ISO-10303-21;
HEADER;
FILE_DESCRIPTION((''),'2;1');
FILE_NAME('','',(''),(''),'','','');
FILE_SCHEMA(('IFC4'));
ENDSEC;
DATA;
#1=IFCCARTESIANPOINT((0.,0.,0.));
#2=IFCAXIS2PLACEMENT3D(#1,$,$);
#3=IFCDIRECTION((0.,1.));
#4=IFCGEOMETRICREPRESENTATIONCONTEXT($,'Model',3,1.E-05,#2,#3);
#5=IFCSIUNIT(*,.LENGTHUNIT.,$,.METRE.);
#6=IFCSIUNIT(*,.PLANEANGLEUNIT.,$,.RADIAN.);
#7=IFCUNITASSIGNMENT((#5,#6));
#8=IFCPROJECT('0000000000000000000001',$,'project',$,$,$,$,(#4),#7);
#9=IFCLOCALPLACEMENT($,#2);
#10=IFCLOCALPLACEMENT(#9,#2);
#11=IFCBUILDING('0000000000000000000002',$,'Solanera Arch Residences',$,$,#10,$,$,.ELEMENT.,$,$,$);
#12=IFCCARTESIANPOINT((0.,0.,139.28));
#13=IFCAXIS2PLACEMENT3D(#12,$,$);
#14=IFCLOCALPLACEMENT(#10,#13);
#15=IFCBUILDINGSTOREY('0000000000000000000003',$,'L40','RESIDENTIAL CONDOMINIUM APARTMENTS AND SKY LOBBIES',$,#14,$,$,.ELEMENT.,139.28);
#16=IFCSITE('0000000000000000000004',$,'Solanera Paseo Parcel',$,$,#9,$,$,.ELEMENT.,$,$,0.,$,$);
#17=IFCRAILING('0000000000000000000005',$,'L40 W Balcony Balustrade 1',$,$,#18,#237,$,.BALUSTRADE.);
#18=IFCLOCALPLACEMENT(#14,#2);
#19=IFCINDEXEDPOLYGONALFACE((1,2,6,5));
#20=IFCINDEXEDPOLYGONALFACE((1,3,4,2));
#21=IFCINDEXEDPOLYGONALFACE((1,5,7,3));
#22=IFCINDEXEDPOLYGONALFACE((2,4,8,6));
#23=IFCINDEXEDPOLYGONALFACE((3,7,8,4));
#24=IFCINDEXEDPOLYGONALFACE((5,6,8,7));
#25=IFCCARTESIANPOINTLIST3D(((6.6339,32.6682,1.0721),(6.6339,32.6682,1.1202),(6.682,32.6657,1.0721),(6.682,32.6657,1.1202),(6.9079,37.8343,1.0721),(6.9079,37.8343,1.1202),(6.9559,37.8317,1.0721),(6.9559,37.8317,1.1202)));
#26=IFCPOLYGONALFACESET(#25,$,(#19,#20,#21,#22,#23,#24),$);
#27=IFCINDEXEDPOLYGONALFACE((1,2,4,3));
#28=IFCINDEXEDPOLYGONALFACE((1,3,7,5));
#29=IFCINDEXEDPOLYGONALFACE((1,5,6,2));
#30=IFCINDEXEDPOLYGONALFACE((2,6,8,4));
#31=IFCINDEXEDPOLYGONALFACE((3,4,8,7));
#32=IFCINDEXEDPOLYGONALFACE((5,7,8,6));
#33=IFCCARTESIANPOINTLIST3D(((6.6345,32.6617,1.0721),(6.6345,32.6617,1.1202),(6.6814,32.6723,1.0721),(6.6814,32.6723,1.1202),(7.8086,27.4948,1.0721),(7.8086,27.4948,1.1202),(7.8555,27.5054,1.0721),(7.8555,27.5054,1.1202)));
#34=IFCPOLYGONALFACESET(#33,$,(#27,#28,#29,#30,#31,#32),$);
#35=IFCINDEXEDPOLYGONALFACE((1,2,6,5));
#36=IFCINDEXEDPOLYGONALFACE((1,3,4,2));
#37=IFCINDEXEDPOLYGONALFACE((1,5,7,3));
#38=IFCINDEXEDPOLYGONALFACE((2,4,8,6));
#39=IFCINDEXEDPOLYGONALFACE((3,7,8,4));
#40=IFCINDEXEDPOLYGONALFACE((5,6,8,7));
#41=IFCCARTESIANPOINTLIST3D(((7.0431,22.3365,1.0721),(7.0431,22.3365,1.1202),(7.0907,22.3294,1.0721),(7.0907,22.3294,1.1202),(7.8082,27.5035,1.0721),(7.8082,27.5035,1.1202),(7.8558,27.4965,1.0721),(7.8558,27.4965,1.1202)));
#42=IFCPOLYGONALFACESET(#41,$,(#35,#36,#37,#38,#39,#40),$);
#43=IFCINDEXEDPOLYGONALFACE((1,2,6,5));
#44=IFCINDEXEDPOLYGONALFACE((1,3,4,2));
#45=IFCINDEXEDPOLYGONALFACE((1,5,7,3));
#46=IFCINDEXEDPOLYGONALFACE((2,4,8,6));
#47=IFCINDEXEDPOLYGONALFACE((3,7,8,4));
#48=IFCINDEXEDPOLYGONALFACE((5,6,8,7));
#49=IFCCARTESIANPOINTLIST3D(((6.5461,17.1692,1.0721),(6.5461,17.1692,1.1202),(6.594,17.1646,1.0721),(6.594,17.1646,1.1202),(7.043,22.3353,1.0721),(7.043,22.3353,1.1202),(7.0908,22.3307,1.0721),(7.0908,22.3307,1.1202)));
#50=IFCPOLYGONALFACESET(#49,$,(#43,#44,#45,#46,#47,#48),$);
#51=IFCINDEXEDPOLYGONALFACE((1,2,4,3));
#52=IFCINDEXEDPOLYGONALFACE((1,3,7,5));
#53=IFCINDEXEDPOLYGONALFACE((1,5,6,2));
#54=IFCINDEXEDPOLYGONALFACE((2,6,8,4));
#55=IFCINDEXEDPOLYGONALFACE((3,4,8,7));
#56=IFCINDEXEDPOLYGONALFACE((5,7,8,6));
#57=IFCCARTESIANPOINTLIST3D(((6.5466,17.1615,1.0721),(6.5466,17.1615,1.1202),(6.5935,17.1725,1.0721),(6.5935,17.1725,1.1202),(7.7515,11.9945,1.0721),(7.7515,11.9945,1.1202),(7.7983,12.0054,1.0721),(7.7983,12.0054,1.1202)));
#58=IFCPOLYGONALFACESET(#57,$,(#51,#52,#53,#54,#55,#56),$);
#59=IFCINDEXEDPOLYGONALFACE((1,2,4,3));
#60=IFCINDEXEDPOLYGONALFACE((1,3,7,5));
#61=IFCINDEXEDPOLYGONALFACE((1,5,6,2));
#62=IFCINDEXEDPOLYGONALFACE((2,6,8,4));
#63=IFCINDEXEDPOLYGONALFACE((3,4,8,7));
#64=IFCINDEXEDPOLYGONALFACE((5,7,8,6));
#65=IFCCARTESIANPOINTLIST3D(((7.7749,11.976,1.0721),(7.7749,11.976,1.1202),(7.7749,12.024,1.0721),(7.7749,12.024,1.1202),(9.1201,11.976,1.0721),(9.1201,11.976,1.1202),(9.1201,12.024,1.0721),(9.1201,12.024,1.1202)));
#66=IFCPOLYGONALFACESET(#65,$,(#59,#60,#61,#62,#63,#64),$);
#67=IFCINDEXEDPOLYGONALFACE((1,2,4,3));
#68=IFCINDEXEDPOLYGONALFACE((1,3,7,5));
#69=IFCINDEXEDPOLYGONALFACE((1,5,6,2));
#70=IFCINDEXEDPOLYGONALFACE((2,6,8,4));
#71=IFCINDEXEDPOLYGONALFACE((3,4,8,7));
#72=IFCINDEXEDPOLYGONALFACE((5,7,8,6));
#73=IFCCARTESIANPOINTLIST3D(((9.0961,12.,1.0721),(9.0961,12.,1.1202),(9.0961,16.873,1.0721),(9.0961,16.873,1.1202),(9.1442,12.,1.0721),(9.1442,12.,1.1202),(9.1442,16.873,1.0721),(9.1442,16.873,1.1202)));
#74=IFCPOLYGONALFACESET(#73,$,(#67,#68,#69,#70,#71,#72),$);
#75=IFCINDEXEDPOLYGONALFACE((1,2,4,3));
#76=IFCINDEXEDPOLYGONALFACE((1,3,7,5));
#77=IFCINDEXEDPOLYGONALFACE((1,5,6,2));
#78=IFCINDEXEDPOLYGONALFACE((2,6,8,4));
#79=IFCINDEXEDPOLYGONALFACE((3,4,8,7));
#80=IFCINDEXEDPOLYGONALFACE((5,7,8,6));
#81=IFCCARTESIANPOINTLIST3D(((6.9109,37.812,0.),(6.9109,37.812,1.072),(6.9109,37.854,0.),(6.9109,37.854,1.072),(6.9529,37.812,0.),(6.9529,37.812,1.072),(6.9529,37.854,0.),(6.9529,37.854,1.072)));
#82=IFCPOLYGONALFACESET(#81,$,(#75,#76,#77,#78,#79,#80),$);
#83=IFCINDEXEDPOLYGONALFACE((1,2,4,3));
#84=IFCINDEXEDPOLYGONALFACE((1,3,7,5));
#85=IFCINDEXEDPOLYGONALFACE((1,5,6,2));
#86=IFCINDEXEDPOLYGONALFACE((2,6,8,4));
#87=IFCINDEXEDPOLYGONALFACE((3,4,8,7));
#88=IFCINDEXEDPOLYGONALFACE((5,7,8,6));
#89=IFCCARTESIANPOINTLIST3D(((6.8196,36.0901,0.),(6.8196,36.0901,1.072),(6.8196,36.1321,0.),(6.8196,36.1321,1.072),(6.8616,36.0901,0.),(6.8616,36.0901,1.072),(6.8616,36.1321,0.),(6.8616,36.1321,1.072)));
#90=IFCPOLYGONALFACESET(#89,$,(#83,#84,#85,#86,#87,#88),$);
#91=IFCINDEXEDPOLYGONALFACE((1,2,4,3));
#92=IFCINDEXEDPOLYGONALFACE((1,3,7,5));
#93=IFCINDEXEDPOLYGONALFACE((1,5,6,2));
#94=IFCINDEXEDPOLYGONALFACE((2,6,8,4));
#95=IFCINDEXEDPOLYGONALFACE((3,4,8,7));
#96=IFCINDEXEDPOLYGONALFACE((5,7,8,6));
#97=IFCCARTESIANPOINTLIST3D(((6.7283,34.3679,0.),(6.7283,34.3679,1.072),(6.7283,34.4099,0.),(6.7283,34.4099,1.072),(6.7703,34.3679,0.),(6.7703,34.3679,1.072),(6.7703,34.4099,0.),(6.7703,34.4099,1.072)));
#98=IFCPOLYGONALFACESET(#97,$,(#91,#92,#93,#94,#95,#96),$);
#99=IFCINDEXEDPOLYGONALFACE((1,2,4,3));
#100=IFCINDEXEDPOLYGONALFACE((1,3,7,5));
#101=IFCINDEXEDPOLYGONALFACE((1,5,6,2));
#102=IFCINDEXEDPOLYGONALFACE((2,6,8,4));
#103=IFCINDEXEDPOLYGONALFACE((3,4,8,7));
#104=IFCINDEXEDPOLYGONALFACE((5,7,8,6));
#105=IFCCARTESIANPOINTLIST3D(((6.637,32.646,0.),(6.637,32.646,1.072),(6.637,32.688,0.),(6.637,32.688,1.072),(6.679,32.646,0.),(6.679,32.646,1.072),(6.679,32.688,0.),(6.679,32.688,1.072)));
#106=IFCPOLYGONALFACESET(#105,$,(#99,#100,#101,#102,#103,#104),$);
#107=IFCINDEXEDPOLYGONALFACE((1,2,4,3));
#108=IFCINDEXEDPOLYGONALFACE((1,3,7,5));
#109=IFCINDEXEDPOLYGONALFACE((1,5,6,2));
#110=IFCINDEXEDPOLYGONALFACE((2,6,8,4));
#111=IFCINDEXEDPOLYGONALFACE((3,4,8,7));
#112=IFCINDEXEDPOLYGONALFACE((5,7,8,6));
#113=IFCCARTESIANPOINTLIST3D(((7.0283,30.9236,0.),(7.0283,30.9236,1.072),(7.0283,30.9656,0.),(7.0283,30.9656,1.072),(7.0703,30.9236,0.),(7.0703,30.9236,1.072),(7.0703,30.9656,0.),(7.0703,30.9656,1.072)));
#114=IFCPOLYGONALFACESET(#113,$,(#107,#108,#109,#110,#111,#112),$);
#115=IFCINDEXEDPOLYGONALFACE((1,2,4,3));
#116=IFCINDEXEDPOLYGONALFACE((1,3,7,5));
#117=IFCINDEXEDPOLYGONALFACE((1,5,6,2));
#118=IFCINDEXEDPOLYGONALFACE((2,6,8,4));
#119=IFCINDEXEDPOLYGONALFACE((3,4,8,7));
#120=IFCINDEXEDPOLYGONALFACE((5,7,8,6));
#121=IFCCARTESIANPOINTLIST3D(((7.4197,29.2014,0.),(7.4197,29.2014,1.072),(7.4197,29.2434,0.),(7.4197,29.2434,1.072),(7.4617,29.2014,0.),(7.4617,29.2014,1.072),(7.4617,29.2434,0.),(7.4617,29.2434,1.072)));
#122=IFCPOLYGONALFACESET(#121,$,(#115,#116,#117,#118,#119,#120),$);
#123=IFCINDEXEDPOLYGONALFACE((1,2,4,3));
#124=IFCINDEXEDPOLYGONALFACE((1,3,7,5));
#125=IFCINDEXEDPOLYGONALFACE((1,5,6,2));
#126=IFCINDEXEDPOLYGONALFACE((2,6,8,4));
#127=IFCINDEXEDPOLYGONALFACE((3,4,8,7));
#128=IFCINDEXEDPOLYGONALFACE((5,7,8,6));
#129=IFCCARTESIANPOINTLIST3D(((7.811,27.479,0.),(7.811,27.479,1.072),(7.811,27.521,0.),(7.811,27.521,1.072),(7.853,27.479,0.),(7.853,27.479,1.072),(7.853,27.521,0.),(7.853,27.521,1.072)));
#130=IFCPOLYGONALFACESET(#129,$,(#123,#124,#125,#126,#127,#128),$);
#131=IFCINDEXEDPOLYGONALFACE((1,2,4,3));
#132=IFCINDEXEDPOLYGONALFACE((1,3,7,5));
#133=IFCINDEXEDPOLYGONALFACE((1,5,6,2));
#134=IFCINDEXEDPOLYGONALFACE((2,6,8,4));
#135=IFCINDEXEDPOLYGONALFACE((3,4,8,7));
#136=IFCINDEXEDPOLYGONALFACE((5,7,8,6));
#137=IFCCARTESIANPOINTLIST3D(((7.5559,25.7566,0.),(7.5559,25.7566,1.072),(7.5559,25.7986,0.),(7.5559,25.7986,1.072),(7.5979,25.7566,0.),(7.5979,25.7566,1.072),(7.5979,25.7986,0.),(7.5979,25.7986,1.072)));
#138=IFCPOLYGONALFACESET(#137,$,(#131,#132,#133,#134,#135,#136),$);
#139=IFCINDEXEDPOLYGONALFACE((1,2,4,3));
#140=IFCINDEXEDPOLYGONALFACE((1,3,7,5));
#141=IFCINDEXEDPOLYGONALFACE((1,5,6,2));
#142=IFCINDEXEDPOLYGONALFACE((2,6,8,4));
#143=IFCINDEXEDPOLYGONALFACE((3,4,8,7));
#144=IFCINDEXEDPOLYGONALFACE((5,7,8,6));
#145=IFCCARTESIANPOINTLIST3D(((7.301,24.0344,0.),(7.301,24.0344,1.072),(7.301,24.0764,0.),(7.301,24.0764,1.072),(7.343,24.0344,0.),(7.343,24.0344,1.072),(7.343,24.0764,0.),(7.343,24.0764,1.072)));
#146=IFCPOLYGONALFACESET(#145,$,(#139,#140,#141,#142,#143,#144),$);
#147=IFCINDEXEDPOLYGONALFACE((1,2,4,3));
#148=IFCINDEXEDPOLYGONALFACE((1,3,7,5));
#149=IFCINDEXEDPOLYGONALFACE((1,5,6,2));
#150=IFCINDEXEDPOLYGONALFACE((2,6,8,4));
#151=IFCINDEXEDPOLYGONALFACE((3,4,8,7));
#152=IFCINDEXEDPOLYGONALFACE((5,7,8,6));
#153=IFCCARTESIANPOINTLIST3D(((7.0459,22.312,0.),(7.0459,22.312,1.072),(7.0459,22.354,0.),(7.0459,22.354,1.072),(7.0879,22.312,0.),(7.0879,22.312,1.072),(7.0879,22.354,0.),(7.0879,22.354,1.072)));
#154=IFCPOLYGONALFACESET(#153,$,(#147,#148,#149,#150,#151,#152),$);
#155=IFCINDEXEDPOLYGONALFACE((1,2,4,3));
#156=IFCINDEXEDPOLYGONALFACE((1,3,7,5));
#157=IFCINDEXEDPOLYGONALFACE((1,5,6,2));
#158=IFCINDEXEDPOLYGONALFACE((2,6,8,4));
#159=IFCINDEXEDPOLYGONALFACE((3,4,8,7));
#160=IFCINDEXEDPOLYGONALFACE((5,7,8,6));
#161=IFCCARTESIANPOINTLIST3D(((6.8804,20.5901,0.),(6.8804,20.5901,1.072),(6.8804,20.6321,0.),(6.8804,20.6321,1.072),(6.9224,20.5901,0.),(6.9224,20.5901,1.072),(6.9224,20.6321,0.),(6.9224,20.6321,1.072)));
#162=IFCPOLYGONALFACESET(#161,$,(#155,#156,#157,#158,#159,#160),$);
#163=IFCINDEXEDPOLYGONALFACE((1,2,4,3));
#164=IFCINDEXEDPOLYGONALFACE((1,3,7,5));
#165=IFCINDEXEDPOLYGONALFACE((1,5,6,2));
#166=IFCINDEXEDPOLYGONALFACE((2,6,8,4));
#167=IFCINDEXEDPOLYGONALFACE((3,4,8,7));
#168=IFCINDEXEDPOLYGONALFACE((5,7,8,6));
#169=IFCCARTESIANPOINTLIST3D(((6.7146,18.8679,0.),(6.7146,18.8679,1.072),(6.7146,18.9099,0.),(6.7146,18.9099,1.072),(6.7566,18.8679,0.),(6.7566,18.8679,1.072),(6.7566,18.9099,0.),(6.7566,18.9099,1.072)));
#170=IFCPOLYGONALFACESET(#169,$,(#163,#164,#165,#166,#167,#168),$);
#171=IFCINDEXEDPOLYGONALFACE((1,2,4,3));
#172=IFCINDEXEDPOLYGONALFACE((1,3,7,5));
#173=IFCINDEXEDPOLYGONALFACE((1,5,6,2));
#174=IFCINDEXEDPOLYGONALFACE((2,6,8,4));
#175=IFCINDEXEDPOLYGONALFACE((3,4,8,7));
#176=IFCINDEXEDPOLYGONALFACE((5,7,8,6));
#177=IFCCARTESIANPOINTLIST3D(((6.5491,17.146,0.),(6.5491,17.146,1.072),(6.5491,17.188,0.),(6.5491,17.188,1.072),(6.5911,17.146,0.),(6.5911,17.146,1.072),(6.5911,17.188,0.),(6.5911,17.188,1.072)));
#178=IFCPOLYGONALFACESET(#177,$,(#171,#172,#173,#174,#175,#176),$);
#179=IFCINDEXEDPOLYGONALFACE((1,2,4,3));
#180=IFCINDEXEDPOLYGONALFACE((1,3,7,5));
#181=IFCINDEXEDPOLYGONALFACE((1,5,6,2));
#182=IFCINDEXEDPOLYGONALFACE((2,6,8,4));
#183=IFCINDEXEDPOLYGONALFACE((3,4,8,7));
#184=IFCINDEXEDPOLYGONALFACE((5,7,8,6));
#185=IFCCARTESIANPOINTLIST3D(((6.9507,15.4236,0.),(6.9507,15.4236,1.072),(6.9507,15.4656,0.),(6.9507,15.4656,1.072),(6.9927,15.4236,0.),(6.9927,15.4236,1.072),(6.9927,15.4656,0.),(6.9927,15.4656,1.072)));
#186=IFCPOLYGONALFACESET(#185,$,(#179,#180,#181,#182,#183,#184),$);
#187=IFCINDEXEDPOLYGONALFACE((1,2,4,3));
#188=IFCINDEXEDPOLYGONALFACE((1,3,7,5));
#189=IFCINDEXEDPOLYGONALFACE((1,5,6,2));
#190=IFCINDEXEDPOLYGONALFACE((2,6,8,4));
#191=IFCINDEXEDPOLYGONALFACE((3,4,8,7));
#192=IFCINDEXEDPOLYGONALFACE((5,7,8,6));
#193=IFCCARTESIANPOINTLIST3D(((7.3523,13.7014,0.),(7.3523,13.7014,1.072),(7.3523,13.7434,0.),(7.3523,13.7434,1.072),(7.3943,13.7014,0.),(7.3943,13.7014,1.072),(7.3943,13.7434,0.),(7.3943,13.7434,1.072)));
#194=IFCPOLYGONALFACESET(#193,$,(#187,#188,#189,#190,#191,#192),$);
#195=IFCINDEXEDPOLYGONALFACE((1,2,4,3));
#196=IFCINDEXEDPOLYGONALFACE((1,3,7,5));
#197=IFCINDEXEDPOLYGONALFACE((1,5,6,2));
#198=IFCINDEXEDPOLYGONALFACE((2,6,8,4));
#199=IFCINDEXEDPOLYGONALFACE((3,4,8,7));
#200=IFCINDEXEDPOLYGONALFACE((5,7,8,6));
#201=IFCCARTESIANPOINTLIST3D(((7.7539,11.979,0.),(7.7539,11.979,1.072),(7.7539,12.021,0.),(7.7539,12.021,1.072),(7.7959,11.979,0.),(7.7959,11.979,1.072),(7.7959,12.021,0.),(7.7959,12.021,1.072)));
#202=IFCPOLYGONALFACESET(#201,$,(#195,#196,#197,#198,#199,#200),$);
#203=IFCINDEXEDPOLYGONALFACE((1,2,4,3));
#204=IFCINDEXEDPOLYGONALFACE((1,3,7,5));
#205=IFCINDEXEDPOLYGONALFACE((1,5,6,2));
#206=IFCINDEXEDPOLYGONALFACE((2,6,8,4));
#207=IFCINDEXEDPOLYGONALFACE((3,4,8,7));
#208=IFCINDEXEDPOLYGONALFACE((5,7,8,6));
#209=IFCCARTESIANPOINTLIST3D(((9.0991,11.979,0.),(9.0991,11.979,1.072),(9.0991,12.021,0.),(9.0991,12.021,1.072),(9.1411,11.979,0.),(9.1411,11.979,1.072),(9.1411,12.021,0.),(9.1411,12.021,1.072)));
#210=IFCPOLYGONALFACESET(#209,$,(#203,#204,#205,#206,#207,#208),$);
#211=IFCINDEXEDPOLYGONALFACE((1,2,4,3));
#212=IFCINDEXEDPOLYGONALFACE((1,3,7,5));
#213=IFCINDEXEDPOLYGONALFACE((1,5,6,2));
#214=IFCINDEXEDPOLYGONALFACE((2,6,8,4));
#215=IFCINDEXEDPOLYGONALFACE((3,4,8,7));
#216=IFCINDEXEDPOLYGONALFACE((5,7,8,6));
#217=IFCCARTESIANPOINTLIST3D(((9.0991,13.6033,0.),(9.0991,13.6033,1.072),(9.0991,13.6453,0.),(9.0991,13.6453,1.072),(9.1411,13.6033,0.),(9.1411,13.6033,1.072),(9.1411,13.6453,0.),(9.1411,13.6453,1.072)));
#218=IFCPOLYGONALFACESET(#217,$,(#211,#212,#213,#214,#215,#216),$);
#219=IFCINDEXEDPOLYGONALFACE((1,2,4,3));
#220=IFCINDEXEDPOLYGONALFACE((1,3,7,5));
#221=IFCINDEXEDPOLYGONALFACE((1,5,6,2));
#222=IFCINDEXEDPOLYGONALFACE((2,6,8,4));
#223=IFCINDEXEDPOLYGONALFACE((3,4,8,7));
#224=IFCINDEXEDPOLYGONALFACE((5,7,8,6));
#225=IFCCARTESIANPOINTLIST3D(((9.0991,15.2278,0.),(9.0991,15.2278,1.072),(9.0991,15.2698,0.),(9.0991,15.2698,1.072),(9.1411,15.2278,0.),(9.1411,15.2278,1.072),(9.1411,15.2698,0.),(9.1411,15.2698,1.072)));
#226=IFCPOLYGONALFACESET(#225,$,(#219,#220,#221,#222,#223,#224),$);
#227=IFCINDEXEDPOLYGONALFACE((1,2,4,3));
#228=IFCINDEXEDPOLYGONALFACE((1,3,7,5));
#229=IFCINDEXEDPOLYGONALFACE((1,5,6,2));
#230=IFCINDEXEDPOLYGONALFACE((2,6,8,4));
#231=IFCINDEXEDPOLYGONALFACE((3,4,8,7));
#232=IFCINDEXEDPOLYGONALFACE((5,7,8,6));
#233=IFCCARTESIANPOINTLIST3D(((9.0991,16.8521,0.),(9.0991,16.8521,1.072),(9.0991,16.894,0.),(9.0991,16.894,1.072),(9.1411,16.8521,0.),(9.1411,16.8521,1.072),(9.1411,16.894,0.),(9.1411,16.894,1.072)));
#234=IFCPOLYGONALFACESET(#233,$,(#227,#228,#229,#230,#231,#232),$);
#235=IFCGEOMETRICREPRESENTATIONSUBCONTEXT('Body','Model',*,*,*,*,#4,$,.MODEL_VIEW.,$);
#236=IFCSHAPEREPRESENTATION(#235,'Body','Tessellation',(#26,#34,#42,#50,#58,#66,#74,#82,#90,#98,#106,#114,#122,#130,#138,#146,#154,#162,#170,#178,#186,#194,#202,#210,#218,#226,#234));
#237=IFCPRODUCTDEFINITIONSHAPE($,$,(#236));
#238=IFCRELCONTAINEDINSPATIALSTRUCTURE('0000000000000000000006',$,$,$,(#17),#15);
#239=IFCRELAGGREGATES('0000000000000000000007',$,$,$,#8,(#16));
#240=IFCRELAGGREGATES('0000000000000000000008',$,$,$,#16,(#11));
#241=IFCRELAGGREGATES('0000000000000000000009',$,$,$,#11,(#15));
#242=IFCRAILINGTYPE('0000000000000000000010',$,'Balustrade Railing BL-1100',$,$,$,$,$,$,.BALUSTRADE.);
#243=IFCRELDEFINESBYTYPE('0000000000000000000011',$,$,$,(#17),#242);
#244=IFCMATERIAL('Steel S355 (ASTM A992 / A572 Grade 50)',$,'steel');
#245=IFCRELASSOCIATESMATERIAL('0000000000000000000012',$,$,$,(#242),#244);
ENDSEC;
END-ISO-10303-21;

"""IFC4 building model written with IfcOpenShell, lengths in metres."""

from ifc_helpers import new_model, si_unit, direction, frame, origin, origin_2d, place, context, subcontext, project, spatial, rectangle, extrude, material, type_object, element, save


model = new_model("IFC4")

# Units and contexts
model_context = context("Model", 3, precision=1e-05, world=origin(), true_north=direction((0.0, 1.0)))
body_context = subcontext(model_context, "Body", "Model", "MODEL_VIEW")
ifc_project = project(units=[si_unit("LENGTHUNIT", "METRE"), si_unit("PLANEANGLEUNIT", "RADIAN")], contexts=[model_context])

# Site, building, storey
site_placement = place(None, origin())
site = spatial("IfcSite", under=ifc_project, at=site_placement, Name="Solanera Paseo Parcel", CompositionType="ELEMENT", RefElevation=0.0)
building_placement = place(site_placement, origin())
building = spatial("IfcBuilding", under=site, at=building_placement, Name="Solanera Arch Residences", CompositionType="ELEMENT")
storey_placement = place(building_placement, frame((0.0, 0.0, 139.28)))
storey = spatial("IfcBuildingStorey", under=building, at=storey_placement, Name="L40", Description="RESIDENTIAL CONDOMINIUM APARTMENTS AND SKY LOBBIES", CompositionType="ELEMENT", Elevation=139.28)

# Railing
ifc_material_1 = material(Name="Steel S355 (ASTM A992 / A572 Grade 50)", Category="steel")
railing_type_1 = type_object("IfcRailingType", Name="Balustrade Railing BL-1100", PredefinedType="BALUSTRADE", material=ifc_material_1)
railing_1_placement = place(storey_placement, frame((6.9319, 37.833, 0.0)))
element("IfcRailing", 1, at=railing_1_placement, inside=storey, type_object=railing_type_1, Name="L40 W Balcony Balustrade 1", PredefinedType="BALUSTRADE", context=body_context, shape_type="SweptSolid", body=[
    extrude(rectangle(XDim=0.0481, YDim=0.0481, at=origin_2d()), frame((0.0, 0.0, 1.0962), z_axis=(-0.05295, -0.998597, 0.0), x_axis=(0.998597, -0.05295, 0.0)), (0.0, 0.0, 1.0), 5.1733),
    extrude(rectangle(XDim=0.0481, YDim=0.0481, at=origin_2d()), frame((-0.2739, -5.166, 1.0962), z_axis=(0.221577, -0.975143, 0.0), x_axis=(0.975143, 0.221577, 0.0)), (0.0, 0.0, 1.0), 5.2986),
    extrude(rectangle(XDim=0.0481, YDim=0.0481, at=origin_2d()), frame((0.9001, -10.333, 1.0962), z_axis=(-0.146484, -0.989213, 0.0), x_axis=(0.989213, -0.146484, 0.0)), (0.0, 0.0, 1.0), 5.2234),
    extrude(rectangle(XDim=0.0481, YDim=0.0481, at=origin_2d()), frame((0.135, -15.5, 1.0962), z_axis=(-0.09573, -0.995407, 0.0), x_axis=(0.995407, -0.09573, 0.0)), (0.0, 0.0, 1.0), 5.1899),
    extrude(rectangle(XDim=0.0481, YDim=0.0481, at=origin_2d()), frame((-0.3618, -20.666, 1.0962), z_axis=(0.227087, -0.973874, 0.0), x_axis=(0.973874, 0.227087, 0.0)), (0.0, 0.0, 1.0), 5.3057),
    extrude(rectangle(XDim=0.0481, YDim=0.0481, at=origin_2d()), frame((0.843, -25.833, 1.0962), z_axis=(1.0, 0.0, 0.0), x_axis=(0.0, 1.0, 0.0)), (0.0, 0.0, 1.0), 1.3452),
    extrude(rectangle(XDim=0.0481, YDim=0.0481, at=origin_2d()), frame((2.1882, -25.833, 1.0962), z_axis=(0.0, 1.0, 0.0), x_axis=(-1.0, 0.0, 0.0)), (0.0, 0.0, 1.0), 4.873),
    extrude(rectangle(XDim=0.042, YDim=0.042, at=origin_2d()), origin(), (0.0, 0.0, 1.0), 1.072),
    extrude(rectangle(XDim=0.042, YDim=0.042, at=origin_2d()), frame((-0.0913, -1.7219, 0.0)), (0.0, 0.0, 1.0), 1.072),
    extrude(rectangle(XDim=0.042, YDim=0.042, at=origin_2d()), frame((-0.1826, -3.4441, 0.0)), (0.0, 0.0, 1.0), 1.072),
    extrude(rectangle(XDim=0.042, YDim=0.042, at=origin_2d()), frame((-0.2739, -5.166, 0.0)), (0.0, 0.0, 1.0), 1.072),
    extrude(rectangle(XDim=0.042, YDim=0.042, at=origin_2d()), frame((0.1174, -6.8884, 0.0)), (0.0, 0.0, 1.0), 1.072),
    extrude(rectangle(XDim=0.042, YDim=0.042, at=origin_2d()), frame((0.5088, -8.6106, 0.0)), (0.0, 0.0, 1.0), 1.072),
    extrude(rectangle(XDim=0.042, YDim=0.042, at=origin_2d()), frame((0.9001, -10.333, 0.0)), (0.0, 0.0, 1.0), 1.072),
    extrude(rectangle(XDim=0.042, YDim=0.042, at=origin_2d()), frame((0.645, -12.0554, 0.0)), (0.0, 0.0, 1.0), 1.072),
    extrude(rectangle(XDim=0.042, YDim=0.042, at=origin_2d()), frame((0.3901, -13.7776, 0.0)), (0.0, 0.0, 1.0), 1.072),
    extrude(rectangle(XDim=0.042, YDim=0.042, at=origin_2d()), frame((0.135, -15.5, 0.0)), (0.0, 0.0, 1.0), 1.072),
    extrude(rectangle(XDim=0.042, YDim=0.042, at=origin_2d()), frame((-0.0305, -17.2219, 0.0)), (0.0, 0.0, 1.0), 1.072),
    extrude(rectangle(XDim=0.042, YDim=0.042, at=origin_2d()), frame((-0.1963, -18.9441, 0.0)), (0.0, 0.0, 1.0), 1.072),
    extrude(rectangle(XDim=0.042, YDim=0.042, at=origin_2d()), frame((-0.3618, -20.666, 0.0)), (0.0, 0.0, 1.0), 1.072),
    extrude(rectangle(XDim=0.042, YDim=0.042, at=origin_2d()), frame((0.0398, -22.3884, 0.0)), (0.0, 0.0, 1.0), 1.072),
    extrude(rectangle(XDim=0.042, YDim=0.042, at=origin_2d()), frame((0.4414, -24.1106, 0.0)), (0.0, 0.0, 1.0), 1.072),
    extrude(rectangle(XDim=0.042, YDim=0.042, at=origin_2d()), frame((0.843, -25.833, 0.0)), (0.0, 0.0, 1.0), 1.072),
    extrude(rectangle(XDim=0.042, YDim=0.042, at=origin_2d()), frame((2.1882, -25.833, 0.0)), (0.0, 0.0, 1.0), 1.072),
    extrude(rectangle(XDim=0.042, YDim=0.042, at=origin_2d()), frame((2.1882, -24.2087, 0.0)), (0.0, 0.0, 1.0), 1.072),
    extrude(rectangle(XDim=0.042, YDim=0.042, at=origin_2d()), frame((2.1882, -22.5842, 0.0)), (0.0, 0.0, 1.0), 1.072),
    extrude(rectangle(XDim=0.042, YDim=0.042, at=origin_2d()), frame((2.1882, -20.96, 0.0)), (0.0, 0.0, 1.0), 1.072),
])

save(model, "model.ifc")
